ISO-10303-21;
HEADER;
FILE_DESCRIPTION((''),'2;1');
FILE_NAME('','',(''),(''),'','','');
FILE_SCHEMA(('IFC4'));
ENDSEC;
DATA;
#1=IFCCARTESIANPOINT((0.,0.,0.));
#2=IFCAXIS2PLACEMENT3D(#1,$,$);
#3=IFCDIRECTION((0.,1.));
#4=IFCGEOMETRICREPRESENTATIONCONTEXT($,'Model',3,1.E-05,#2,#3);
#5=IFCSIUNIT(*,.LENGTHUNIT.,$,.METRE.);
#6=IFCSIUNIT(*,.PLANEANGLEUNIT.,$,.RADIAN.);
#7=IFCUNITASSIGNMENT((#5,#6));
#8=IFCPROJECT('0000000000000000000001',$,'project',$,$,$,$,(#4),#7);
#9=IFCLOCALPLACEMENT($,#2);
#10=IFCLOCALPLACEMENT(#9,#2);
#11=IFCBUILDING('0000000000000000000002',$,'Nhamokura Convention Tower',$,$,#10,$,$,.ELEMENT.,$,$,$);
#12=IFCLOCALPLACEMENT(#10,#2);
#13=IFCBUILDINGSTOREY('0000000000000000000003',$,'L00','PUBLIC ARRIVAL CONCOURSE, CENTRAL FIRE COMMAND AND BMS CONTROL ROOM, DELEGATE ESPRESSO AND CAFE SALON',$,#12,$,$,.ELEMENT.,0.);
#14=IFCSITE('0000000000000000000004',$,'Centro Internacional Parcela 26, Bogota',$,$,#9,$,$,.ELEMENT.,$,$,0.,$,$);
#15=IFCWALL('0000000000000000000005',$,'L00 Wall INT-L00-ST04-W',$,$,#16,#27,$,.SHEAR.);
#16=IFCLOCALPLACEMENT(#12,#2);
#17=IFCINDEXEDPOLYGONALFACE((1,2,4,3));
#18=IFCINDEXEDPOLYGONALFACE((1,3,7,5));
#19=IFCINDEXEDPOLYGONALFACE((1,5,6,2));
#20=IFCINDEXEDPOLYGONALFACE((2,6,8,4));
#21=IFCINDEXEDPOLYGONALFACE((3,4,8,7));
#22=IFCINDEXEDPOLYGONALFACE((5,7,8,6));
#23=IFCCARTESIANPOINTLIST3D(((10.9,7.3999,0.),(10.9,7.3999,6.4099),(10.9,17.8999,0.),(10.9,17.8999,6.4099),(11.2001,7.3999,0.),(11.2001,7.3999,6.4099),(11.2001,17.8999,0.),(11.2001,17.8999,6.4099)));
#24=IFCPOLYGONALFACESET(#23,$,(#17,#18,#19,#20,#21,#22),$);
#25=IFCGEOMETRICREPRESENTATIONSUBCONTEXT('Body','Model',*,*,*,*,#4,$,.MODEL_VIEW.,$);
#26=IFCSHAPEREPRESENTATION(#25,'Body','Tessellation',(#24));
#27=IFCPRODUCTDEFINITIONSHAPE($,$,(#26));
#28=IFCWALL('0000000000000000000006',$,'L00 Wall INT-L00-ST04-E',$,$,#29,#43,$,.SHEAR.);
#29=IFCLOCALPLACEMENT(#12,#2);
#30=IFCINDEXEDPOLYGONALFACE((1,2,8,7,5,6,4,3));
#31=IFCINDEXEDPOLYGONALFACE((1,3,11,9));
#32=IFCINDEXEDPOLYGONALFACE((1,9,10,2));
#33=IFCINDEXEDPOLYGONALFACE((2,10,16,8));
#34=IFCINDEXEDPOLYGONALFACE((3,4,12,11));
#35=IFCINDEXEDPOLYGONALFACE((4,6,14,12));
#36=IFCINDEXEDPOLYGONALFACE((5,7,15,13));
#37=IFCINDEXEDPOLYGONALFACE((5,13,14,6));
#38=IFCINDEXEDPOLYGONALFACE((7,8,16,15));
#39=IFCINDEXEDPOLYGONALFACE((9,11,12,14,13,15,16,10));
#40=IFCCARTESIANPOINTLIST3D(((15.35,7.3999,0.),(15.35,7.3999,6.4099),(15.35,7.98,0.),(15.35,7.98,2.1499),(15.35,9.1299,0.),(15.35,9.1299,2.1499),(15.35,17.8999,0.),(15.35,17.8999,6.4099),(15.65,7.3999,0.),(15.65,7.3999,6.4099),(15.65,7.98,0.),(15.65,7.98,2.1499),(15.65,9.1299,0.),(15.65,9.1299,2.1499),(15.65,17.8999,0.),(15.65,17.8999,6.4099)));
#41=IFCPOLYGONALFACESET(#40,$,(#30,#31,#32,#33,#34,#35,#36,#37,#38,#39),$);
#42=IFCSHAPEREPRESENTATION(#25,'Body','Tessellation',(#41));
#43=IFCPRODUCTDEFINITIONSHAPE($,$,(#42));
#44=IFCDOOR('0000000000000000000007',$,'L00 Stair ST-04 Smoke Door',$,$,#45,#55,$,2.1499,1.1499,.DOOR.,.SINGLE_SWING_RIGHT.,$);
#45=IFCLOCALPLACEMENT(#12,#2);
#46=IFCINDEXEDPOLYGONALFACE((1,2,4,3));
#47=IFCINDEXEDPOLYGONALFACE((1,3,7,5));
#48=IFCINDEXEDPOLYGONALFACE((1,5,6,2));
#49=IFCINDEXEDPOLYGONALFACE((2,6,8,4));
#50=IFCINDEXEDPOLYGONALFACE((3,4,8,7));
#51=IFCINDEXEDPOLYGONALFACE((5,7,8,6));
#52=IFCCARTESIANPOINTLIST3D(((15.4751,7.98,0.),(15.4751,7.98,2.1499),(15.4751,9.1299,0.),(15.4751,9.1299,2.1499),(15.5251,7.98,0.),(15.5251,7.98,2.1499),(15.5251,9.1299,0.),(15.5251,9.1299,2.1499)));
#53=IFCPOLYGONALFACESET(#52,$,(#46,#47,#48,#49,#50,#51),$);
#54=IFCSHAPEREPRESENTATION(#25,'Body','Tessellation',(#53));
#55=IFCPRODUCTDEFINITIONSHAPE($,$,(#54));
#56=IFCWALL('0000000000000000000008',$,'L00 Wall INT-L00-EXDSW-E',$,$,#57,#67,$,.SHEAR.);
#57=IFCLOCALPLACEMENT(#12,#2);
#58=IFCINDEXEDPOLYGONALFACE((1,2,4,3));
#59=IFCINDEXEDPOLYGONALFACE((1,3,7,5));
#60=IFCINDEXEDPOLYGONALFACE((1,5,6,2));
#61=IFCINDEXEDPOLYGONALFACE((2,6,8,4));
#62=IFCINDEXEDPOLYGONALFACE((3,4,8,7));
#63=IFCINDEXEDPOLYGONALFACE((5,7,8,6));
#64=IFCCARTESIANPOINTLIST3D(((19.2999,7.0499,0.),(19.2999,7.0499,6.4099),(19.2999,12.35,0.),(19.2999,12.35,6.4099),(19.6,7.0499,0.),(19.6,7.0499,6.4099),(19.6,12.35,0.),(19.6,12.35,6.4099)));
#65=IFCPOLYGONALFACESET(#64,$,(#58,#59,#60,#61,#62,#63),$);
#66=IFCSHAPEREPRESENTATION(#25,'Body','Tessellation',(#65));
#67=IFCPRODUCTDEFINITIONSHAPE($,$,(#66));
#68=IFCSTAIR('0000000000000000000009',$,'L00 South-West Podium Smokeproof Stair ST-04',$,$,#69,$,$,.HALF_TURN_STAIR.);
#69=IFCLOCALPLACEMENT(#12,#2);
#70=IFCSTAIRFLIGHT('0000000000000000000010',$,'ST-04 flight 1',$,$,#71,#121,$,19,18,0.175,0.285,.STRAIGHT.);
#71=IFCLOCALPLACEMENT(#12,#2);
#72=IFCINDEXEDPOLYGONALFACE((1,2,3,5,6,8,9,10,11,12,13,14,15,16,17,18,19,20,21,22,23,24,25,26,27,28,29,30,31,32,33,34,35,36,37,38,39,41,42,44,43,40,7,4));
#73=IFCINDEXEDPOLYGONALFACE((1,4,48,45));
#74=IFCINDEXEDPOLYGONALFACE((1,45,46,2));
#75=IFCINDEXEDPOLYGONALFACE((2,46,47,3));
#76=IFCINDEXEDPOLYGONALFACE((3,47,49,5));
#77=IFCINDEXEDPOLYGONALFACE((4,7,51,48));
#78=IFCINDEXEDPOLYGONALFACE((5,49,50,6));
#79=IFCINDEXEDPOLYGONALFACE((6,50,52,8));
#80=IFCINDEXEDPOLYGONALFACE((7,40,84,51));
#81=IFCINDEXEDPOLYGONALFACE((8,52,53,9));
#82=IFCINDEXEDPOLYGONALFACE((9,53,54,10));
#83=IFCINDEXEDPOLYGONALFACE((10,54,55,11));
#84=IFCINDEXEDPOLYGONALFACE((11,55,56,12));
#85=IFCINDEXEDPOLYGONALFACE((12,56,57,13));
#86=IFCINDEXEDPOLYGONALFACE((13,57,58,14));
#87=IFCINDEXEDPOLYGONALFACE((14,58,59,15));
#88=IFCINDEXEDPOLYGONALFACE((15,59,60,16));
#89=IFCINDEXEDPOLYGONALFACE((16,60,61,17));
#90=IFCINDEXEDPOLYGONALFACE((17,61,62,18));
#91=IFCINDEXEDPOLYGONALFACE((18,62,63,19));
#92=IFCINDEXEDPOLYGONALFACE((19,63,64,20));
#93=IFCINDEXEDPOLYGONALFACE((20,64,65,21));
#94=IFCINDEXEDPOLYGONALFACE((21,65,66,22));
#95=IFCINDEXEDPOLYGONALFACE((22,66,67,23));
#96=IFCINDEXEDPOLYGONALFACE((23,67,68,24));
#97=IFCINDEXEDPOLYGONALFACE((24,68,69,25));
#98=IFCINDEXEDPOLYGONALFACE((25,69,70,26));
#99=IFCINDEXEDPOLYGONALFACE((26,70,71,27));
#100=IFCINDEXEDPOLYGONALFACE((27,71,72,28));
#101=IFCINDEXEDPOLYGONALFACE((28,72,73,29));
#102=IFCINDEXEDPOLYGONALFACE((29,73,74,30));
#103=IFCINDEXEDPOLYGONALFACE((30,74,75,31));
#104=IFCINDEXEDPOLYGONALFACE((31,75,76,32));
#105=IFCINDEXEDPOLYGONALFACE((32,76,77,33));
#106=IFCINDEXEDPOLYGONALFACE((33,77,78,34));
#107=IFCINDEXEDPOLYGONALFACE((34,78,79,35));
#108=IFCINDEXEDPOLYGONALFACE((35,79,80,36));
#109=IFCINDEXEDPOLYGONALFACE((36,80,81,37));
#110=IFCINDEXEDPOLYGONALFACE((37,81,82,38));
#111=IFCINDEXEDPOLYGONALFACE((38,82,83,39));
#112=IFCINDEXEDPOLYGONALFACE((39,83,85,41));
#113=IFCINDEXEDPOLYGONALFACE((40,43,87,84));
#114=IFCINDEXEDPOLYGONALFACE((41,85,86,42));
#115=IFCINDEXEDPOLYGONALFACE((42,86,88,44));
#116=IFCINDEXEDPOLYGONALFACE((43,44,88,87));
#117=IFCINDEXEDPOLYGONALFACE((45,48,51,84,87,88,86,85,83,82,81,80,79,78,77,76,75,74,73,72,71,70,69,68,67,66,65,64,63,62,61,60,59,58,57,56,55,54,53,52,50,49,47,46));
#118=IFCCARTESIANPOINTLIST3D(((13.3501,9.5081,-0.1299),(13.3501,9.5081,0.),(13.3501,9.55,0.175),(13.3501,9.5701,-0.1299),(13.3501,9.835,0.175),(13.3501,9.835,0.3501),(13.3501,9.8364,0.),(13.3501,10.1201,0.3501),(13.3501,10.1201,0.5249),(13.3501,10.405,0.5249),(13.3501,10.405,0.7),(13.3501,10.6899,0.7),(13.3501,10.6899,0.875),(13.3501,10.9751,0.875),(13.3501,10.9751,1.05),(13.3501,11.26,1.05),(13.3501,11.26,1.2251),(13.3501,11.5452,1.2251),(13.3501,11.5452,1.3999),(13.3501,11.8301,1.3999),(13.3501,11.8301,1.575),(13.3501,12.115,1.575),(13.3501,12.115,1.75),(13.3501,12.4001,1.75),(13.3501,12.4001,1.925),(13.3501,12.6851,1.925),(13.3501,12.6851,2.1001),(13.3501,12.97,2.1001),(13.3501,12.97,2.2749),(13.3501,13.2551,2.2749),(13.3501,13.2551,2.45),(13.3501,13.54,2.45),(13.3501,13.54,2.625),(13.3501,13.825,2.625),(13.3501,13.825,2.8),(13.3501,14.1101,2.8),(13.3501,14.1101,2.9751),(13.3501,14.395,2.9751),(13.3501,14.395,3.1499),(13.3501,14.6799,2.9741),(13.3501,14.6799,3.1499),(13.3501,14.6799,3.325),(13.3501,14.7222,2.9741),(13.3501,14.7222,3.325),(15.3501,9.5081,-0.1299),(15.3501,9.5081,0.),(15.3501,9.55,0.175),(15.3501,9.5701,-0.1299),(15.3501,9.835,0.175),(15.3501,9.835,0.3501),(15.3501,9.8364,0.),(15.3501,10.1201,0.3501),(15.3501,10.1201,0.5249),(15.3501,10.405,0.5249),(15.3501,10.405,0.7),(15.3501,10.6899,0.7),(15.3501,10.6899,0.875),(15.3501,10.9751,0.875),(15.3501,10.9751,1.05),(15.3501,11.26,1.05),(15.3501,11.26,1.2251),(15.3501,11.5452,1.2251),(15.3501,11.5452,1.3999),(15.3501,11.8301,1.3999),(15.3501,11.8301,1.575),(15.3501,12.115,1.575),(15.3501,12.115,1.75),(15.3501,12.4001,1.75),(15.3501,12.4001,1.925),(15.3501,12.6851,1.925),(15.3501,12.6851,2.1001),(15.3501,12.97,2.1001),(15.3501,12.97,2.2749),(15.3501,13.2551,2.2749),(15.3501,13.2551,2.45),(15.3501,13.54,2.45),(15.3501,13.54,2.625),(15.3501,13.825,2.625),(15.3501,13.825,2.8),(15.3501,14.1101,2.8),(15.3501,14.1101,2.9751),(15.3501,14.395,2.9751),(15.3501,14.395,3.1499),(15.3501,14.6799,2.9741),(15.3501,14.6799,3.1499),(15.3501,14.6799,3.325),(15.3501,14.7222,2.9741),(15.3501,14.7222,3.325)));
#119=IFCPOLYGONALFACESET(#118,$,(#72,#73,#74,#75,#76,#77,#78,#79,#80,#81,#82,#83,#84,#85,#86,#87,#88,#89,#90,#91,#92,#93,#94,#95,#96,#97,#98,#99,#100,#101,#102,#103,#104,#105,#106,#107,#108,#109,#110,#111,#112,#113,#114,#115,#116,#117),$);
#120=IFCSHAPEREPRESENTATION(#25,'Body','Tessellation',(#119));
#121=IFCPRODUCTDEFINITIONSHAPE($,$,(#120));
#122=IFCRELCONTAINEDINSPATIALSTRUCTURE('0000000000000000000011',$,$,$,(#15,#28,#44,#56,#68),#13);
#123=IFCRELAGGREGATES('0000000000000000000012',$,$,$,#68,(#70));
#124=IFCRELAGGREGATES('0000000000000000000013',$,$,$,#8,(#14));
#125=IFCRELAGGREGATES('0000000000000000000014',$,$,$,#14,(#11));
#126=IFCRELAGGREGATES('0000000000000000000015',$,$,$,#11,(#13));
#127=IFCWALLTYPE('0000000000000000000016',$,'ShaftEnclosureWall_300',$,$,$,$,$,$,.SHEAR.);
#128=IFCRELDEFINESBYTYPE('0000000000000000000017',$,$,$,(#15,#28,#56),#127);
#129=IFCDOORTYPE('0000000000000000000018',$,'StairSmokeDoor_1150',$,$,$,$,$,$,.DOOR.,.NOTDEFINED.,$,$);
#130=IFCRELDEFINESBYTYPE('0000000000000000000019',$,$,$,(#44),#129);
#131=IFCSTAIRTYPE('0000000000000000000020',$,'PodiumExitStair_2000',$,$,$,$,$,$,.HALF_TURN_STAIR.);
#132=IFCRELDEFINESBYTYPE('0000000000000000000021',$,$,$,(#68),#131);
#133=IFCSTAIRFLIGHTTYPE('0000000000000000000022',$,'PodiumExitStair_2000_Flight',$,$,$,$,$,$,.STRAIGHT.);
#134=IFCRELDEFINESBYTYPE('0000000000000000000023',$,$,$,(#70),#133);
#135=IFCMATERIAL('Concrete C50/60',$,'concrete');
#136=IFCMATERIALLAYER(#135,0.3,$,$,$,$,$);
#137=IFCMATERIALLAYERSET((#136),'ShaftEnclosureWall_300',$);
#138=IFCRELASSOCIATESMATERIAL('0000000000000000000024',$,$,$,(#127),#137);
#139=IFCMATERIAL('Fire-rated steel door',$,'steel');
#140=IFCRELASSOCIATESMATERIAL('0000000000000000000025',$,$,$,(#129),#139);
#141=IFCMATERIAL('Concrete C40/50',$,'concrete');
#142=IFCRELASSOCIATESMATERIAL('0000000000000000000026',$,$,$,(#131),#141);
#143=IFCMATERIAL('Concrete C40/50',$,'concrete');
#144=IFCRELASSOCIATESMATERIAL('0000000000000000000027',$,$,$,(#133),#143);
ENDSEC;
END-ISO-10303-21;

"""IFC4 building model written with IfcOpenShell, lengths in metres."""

from ifc_helpers import new_model, si_unit, direction, frame, frame_2d, origin, place, context, subcontext, project, spatial, polyline, rectangle, outline, extrude, material, layer, layer_set, type_object, element, fill, aggregate, save


model = new_model("IFC4")

# Units and contexts
model_context = context("Model", 3, precision=1e-05, world=origin(), true_north=direction((0.0, 1.0)))
body_context = subcontext(model_context, "Body", "Model", "MODEL_VIEW")
ifc_project = project(units=[si_unit("LENGTHUNIT", "METRE"), si_unit("PLANEANGLEUNIT", "RADIAN")], contexts=[model_context])

# Site, building, storey
site_placement = place(None, origin())
site = spatial("IfcSite", under=ifc_project, at=site_placement, Name="Centro Internacional Parcela 26, Bogota", CompositionType="ELEMENT", RefElevation=0.0)
building_placement = place(site_placement, origin())
building = spatial("IfcBuilding", under=site, at=building_placement, Name="Nhamokura Convention Tower", CompositionType="ELEMENT")
storey_placement = place(building_placement, origin())
storey = spatial("IfcBuildingStorey", under=building, at=storey_placement, Name="L00", Description="PUBLIC ARRIVAL CONCOURSE, CENTRAL FIRE COMMAND AND BMS CONTROL ROOM, DELEGATE ESPRESSO AND CAFE SALON", CompositionType="ELEMENT", Elevation=0.0)

# Wall
ifc_material_1 = material(Name="Concrete C50/60", Category="concrete")
ifc_layer_1 = layer(ifc_material_1, 0.3)
ifc_layer_set_1 = layer_set([ifc_layer_1], Name="ShaftEnclosureWall_300")
wall_type_1 = type_object("IfcWallType", Name="ShaftEnclosureWall_300", PredefinedType="SHEAR", material=ifc_layer_set_1)
wall_1_placement = place(storey_placement, frame((11.05, 7.3999, 0.0), z_axis=(0.0, 0.0, 1.0), x_axis=(0.0, 1.0, 0.0)))
element("IfcWall", 1, at=wall_1_placement, inside=storey, type_object=wall_type_1, Name="L00 Wall INT-L00-ST04-W", PredefinedType="SHEAR", context=body_context, shape_type="SweptSolid", body=[
    extrude(rectangle(XDim=10.5, YDim=0.3, at=frame_2d((5.25, 0.0))), origin(), (0.0, 0.0, 1.0), 6.4099),
])

# Wall, opening, door
wall_2_placement = place(storey_placement, frame((15.5, 7.3999, 0.0), z_axis=(0.0, 0.0, 1.0), x_axis=(0.0, 1.0, 0.0)))
wall_2 = element("IfcWall", 2, at=wall_2_placement, inside=storey, type_object=wall_type_1, Name="L00 Wall INT-L00-ST04-E", PredefinedType="SHEAR", context=body_context, shape_type="SweptSolid", body=[
    extrude(rectangle(XDim=10.5, YDim=0.3, at=frame_2d((5.25, 0.0))), origin(), (0.0, 0.0, 1.0), 6.4099),
])
opening_1_placement = place(wall_2_placement, frame((0.5801, 0.0, 0.0)))
opening_1 = element("IfcOpeningElement", 3, at=opening_1_placement, cuts=wall_2, PredefinedType="OPENING", context=body_context, shape_type="SweptSolid", body=[
    extrude(rectangle(XDim=1.1499, YDim=2.1499, at=frame_2d((0.575, 1.075))), frame((0.0, 0.1599, 0.0), z_axis=(0.0, -1.0, 0.0), x_axis=(1.0, 0.0, 0.0)), (0.0, 0.0, 1.0), 0.3201),
])
ifc_material_2 = material(Name="Fire-rated steel door", Category="steel")
door_type_1 = type_object("IfcDoorType", Name="StairSmokeDoor_1150", OperationType="NOTDEFINED", PredefinedType="DOOR", material=ifc_material_2)
door_1_placement = place(opening_1_placement, origin())
door_1 = element("IfcDoor", 4, at=door_1_placement, inside=storey, type_object=door_type_1, Name="L00 Stair ST-04 Smoke Door", OperationType="SINGLE_SWING_RIGHT", OverallHeight=2.1499, OverallWidth=1.1499, PredefinedType="DOOR", context=body_context, shape_type="SweptSolid", body=[
    extrude(rectangle(XDim=1.1499, YDim=2.1499, at=frame_2d((0.575, 1.075))), frame((0.0, 0.0249, 0.0), z_axis=(0.0, -1.0, 0.0), x_axis=(1.0, 0.0, 0.0)), (0.0, 0.0, 1.0), 0.05),
])
fill(opening_1, door_1)

# Wall
wall_3_placement = place(storey_placement, frame((19.45, 7.05, 0.0), z_axis=(0.0, 0.0, 1.0), x_axis=(0.0, 1.0, 0.0)))
element("IfcWall", 5, at=wall_3_placement, inside=storey, type_object=wall_type_1, Name="L00 Wall INT-L00-EXDSW-E", PredefinedType="SHEAR", context=body_context, shape_type="SweptSolid", body=[
    extrude(rectangle(XDim=5.3, YDim=0.3, at=frame_2d((2.6499, 0.0))), origin(), (0.0, 0.0, 1.0), 6.4099),
])

# Stair, stair flight
ifc_material_3 = material(Name="Concrete C40/50", Category="concrete")
stair_type = type_object("IfcStairType", Name="PodiumExitStair_2000", PredefinedType="HALF_TURN_STAIR", material=ifc_material_3)
stair_placement = place(storey_placement, origin())
stair = element("IfcStair", 6, at=stair_placement, inside=storey, type_object=stair_type, Name="L00 South-West Podium Smokeproof Stair ST-04", PredefinedType="HALF_TURN_STAIR")
ifc_material_4 = material(Name="Concrete C40/50", Category="concrete")
stair_flight_type = type_object("IfcStairFlightType", Name="PodiumExitStair_2000_Flight", PredefinedType="STRAIGHT", material=ifc_material_4)
stair_flight_placement = place(storey_placement, frame((14.3501, 9.55, 0.0), z_axis=(0.0, 0.0, 1.0), x_axis=(0.0, 1.0, 0.0)))
stair_flight = element("IfcStairFlight", 7, at=stair_flight_placement, type_object=stair_flight_type, Name="ST-04 flight 1", NumberOfRisers=19, NumberOfTreads=18, PredefinedType="STRAIGHT", RiserHeight=0.175, TreadLength=0.285, context=body_context, shape_type="SweptSolid", body=[
    extrude(outline(polyline([(-0.042, 0.0), (0.0, 0.175), (0.2849, 0.175), (0.2849, 0.3501), (0.5701, 0.3501), (0.5701, 0.5249), (0.855, 0.5249), (0.855, 0.7), (1.1399, 0.7), (1.1399, 0.875), (1.425, 0.875), (1.425, 1.05), (1.71, 1.05), (1.71, 1.2251), (1.9951, 1.2251), (1.9951, 1.3999), (2.28, 1.3999), (2.28, 1.575), (2.5649, 1.575), (2.5649, 1.75), (2.8501, 1.75), (2.8501, 1.925), (3.135, 1.925), (3.135, 2.1001), (3.4199, 2.1001), (3.4199, 2.2749), (3.7051, 2.2749), (3.7051, 2.45), (3.99, 2.45), (3.99, 2.625), (4.2749, 2.625), (4.2749, 2.8), (4.5601, 2.8), (4.5601, 2.9751), (4.845, 2.9751), (4.845, 3.1499), (5.1299, 3.1499), (5.1299, 3.325), (5.1721, 3.325), (5.1721, 2.9741), (5.1299, 2.9741), (0.2864, 0.0), (0.02, -0.1299), (-0.042, -0.1299), (-0.042, 0.0)])), frame((0.0, 1.0, 0.0), z_axis=(0.0, -1.0, 0.0), x_axis=(1.0, 0.0, 0.0)), (0.0, 0.0, 1.0), 2.0),
])
aggregate(stair, [stair_flight])

save(model, "model.ifc")
